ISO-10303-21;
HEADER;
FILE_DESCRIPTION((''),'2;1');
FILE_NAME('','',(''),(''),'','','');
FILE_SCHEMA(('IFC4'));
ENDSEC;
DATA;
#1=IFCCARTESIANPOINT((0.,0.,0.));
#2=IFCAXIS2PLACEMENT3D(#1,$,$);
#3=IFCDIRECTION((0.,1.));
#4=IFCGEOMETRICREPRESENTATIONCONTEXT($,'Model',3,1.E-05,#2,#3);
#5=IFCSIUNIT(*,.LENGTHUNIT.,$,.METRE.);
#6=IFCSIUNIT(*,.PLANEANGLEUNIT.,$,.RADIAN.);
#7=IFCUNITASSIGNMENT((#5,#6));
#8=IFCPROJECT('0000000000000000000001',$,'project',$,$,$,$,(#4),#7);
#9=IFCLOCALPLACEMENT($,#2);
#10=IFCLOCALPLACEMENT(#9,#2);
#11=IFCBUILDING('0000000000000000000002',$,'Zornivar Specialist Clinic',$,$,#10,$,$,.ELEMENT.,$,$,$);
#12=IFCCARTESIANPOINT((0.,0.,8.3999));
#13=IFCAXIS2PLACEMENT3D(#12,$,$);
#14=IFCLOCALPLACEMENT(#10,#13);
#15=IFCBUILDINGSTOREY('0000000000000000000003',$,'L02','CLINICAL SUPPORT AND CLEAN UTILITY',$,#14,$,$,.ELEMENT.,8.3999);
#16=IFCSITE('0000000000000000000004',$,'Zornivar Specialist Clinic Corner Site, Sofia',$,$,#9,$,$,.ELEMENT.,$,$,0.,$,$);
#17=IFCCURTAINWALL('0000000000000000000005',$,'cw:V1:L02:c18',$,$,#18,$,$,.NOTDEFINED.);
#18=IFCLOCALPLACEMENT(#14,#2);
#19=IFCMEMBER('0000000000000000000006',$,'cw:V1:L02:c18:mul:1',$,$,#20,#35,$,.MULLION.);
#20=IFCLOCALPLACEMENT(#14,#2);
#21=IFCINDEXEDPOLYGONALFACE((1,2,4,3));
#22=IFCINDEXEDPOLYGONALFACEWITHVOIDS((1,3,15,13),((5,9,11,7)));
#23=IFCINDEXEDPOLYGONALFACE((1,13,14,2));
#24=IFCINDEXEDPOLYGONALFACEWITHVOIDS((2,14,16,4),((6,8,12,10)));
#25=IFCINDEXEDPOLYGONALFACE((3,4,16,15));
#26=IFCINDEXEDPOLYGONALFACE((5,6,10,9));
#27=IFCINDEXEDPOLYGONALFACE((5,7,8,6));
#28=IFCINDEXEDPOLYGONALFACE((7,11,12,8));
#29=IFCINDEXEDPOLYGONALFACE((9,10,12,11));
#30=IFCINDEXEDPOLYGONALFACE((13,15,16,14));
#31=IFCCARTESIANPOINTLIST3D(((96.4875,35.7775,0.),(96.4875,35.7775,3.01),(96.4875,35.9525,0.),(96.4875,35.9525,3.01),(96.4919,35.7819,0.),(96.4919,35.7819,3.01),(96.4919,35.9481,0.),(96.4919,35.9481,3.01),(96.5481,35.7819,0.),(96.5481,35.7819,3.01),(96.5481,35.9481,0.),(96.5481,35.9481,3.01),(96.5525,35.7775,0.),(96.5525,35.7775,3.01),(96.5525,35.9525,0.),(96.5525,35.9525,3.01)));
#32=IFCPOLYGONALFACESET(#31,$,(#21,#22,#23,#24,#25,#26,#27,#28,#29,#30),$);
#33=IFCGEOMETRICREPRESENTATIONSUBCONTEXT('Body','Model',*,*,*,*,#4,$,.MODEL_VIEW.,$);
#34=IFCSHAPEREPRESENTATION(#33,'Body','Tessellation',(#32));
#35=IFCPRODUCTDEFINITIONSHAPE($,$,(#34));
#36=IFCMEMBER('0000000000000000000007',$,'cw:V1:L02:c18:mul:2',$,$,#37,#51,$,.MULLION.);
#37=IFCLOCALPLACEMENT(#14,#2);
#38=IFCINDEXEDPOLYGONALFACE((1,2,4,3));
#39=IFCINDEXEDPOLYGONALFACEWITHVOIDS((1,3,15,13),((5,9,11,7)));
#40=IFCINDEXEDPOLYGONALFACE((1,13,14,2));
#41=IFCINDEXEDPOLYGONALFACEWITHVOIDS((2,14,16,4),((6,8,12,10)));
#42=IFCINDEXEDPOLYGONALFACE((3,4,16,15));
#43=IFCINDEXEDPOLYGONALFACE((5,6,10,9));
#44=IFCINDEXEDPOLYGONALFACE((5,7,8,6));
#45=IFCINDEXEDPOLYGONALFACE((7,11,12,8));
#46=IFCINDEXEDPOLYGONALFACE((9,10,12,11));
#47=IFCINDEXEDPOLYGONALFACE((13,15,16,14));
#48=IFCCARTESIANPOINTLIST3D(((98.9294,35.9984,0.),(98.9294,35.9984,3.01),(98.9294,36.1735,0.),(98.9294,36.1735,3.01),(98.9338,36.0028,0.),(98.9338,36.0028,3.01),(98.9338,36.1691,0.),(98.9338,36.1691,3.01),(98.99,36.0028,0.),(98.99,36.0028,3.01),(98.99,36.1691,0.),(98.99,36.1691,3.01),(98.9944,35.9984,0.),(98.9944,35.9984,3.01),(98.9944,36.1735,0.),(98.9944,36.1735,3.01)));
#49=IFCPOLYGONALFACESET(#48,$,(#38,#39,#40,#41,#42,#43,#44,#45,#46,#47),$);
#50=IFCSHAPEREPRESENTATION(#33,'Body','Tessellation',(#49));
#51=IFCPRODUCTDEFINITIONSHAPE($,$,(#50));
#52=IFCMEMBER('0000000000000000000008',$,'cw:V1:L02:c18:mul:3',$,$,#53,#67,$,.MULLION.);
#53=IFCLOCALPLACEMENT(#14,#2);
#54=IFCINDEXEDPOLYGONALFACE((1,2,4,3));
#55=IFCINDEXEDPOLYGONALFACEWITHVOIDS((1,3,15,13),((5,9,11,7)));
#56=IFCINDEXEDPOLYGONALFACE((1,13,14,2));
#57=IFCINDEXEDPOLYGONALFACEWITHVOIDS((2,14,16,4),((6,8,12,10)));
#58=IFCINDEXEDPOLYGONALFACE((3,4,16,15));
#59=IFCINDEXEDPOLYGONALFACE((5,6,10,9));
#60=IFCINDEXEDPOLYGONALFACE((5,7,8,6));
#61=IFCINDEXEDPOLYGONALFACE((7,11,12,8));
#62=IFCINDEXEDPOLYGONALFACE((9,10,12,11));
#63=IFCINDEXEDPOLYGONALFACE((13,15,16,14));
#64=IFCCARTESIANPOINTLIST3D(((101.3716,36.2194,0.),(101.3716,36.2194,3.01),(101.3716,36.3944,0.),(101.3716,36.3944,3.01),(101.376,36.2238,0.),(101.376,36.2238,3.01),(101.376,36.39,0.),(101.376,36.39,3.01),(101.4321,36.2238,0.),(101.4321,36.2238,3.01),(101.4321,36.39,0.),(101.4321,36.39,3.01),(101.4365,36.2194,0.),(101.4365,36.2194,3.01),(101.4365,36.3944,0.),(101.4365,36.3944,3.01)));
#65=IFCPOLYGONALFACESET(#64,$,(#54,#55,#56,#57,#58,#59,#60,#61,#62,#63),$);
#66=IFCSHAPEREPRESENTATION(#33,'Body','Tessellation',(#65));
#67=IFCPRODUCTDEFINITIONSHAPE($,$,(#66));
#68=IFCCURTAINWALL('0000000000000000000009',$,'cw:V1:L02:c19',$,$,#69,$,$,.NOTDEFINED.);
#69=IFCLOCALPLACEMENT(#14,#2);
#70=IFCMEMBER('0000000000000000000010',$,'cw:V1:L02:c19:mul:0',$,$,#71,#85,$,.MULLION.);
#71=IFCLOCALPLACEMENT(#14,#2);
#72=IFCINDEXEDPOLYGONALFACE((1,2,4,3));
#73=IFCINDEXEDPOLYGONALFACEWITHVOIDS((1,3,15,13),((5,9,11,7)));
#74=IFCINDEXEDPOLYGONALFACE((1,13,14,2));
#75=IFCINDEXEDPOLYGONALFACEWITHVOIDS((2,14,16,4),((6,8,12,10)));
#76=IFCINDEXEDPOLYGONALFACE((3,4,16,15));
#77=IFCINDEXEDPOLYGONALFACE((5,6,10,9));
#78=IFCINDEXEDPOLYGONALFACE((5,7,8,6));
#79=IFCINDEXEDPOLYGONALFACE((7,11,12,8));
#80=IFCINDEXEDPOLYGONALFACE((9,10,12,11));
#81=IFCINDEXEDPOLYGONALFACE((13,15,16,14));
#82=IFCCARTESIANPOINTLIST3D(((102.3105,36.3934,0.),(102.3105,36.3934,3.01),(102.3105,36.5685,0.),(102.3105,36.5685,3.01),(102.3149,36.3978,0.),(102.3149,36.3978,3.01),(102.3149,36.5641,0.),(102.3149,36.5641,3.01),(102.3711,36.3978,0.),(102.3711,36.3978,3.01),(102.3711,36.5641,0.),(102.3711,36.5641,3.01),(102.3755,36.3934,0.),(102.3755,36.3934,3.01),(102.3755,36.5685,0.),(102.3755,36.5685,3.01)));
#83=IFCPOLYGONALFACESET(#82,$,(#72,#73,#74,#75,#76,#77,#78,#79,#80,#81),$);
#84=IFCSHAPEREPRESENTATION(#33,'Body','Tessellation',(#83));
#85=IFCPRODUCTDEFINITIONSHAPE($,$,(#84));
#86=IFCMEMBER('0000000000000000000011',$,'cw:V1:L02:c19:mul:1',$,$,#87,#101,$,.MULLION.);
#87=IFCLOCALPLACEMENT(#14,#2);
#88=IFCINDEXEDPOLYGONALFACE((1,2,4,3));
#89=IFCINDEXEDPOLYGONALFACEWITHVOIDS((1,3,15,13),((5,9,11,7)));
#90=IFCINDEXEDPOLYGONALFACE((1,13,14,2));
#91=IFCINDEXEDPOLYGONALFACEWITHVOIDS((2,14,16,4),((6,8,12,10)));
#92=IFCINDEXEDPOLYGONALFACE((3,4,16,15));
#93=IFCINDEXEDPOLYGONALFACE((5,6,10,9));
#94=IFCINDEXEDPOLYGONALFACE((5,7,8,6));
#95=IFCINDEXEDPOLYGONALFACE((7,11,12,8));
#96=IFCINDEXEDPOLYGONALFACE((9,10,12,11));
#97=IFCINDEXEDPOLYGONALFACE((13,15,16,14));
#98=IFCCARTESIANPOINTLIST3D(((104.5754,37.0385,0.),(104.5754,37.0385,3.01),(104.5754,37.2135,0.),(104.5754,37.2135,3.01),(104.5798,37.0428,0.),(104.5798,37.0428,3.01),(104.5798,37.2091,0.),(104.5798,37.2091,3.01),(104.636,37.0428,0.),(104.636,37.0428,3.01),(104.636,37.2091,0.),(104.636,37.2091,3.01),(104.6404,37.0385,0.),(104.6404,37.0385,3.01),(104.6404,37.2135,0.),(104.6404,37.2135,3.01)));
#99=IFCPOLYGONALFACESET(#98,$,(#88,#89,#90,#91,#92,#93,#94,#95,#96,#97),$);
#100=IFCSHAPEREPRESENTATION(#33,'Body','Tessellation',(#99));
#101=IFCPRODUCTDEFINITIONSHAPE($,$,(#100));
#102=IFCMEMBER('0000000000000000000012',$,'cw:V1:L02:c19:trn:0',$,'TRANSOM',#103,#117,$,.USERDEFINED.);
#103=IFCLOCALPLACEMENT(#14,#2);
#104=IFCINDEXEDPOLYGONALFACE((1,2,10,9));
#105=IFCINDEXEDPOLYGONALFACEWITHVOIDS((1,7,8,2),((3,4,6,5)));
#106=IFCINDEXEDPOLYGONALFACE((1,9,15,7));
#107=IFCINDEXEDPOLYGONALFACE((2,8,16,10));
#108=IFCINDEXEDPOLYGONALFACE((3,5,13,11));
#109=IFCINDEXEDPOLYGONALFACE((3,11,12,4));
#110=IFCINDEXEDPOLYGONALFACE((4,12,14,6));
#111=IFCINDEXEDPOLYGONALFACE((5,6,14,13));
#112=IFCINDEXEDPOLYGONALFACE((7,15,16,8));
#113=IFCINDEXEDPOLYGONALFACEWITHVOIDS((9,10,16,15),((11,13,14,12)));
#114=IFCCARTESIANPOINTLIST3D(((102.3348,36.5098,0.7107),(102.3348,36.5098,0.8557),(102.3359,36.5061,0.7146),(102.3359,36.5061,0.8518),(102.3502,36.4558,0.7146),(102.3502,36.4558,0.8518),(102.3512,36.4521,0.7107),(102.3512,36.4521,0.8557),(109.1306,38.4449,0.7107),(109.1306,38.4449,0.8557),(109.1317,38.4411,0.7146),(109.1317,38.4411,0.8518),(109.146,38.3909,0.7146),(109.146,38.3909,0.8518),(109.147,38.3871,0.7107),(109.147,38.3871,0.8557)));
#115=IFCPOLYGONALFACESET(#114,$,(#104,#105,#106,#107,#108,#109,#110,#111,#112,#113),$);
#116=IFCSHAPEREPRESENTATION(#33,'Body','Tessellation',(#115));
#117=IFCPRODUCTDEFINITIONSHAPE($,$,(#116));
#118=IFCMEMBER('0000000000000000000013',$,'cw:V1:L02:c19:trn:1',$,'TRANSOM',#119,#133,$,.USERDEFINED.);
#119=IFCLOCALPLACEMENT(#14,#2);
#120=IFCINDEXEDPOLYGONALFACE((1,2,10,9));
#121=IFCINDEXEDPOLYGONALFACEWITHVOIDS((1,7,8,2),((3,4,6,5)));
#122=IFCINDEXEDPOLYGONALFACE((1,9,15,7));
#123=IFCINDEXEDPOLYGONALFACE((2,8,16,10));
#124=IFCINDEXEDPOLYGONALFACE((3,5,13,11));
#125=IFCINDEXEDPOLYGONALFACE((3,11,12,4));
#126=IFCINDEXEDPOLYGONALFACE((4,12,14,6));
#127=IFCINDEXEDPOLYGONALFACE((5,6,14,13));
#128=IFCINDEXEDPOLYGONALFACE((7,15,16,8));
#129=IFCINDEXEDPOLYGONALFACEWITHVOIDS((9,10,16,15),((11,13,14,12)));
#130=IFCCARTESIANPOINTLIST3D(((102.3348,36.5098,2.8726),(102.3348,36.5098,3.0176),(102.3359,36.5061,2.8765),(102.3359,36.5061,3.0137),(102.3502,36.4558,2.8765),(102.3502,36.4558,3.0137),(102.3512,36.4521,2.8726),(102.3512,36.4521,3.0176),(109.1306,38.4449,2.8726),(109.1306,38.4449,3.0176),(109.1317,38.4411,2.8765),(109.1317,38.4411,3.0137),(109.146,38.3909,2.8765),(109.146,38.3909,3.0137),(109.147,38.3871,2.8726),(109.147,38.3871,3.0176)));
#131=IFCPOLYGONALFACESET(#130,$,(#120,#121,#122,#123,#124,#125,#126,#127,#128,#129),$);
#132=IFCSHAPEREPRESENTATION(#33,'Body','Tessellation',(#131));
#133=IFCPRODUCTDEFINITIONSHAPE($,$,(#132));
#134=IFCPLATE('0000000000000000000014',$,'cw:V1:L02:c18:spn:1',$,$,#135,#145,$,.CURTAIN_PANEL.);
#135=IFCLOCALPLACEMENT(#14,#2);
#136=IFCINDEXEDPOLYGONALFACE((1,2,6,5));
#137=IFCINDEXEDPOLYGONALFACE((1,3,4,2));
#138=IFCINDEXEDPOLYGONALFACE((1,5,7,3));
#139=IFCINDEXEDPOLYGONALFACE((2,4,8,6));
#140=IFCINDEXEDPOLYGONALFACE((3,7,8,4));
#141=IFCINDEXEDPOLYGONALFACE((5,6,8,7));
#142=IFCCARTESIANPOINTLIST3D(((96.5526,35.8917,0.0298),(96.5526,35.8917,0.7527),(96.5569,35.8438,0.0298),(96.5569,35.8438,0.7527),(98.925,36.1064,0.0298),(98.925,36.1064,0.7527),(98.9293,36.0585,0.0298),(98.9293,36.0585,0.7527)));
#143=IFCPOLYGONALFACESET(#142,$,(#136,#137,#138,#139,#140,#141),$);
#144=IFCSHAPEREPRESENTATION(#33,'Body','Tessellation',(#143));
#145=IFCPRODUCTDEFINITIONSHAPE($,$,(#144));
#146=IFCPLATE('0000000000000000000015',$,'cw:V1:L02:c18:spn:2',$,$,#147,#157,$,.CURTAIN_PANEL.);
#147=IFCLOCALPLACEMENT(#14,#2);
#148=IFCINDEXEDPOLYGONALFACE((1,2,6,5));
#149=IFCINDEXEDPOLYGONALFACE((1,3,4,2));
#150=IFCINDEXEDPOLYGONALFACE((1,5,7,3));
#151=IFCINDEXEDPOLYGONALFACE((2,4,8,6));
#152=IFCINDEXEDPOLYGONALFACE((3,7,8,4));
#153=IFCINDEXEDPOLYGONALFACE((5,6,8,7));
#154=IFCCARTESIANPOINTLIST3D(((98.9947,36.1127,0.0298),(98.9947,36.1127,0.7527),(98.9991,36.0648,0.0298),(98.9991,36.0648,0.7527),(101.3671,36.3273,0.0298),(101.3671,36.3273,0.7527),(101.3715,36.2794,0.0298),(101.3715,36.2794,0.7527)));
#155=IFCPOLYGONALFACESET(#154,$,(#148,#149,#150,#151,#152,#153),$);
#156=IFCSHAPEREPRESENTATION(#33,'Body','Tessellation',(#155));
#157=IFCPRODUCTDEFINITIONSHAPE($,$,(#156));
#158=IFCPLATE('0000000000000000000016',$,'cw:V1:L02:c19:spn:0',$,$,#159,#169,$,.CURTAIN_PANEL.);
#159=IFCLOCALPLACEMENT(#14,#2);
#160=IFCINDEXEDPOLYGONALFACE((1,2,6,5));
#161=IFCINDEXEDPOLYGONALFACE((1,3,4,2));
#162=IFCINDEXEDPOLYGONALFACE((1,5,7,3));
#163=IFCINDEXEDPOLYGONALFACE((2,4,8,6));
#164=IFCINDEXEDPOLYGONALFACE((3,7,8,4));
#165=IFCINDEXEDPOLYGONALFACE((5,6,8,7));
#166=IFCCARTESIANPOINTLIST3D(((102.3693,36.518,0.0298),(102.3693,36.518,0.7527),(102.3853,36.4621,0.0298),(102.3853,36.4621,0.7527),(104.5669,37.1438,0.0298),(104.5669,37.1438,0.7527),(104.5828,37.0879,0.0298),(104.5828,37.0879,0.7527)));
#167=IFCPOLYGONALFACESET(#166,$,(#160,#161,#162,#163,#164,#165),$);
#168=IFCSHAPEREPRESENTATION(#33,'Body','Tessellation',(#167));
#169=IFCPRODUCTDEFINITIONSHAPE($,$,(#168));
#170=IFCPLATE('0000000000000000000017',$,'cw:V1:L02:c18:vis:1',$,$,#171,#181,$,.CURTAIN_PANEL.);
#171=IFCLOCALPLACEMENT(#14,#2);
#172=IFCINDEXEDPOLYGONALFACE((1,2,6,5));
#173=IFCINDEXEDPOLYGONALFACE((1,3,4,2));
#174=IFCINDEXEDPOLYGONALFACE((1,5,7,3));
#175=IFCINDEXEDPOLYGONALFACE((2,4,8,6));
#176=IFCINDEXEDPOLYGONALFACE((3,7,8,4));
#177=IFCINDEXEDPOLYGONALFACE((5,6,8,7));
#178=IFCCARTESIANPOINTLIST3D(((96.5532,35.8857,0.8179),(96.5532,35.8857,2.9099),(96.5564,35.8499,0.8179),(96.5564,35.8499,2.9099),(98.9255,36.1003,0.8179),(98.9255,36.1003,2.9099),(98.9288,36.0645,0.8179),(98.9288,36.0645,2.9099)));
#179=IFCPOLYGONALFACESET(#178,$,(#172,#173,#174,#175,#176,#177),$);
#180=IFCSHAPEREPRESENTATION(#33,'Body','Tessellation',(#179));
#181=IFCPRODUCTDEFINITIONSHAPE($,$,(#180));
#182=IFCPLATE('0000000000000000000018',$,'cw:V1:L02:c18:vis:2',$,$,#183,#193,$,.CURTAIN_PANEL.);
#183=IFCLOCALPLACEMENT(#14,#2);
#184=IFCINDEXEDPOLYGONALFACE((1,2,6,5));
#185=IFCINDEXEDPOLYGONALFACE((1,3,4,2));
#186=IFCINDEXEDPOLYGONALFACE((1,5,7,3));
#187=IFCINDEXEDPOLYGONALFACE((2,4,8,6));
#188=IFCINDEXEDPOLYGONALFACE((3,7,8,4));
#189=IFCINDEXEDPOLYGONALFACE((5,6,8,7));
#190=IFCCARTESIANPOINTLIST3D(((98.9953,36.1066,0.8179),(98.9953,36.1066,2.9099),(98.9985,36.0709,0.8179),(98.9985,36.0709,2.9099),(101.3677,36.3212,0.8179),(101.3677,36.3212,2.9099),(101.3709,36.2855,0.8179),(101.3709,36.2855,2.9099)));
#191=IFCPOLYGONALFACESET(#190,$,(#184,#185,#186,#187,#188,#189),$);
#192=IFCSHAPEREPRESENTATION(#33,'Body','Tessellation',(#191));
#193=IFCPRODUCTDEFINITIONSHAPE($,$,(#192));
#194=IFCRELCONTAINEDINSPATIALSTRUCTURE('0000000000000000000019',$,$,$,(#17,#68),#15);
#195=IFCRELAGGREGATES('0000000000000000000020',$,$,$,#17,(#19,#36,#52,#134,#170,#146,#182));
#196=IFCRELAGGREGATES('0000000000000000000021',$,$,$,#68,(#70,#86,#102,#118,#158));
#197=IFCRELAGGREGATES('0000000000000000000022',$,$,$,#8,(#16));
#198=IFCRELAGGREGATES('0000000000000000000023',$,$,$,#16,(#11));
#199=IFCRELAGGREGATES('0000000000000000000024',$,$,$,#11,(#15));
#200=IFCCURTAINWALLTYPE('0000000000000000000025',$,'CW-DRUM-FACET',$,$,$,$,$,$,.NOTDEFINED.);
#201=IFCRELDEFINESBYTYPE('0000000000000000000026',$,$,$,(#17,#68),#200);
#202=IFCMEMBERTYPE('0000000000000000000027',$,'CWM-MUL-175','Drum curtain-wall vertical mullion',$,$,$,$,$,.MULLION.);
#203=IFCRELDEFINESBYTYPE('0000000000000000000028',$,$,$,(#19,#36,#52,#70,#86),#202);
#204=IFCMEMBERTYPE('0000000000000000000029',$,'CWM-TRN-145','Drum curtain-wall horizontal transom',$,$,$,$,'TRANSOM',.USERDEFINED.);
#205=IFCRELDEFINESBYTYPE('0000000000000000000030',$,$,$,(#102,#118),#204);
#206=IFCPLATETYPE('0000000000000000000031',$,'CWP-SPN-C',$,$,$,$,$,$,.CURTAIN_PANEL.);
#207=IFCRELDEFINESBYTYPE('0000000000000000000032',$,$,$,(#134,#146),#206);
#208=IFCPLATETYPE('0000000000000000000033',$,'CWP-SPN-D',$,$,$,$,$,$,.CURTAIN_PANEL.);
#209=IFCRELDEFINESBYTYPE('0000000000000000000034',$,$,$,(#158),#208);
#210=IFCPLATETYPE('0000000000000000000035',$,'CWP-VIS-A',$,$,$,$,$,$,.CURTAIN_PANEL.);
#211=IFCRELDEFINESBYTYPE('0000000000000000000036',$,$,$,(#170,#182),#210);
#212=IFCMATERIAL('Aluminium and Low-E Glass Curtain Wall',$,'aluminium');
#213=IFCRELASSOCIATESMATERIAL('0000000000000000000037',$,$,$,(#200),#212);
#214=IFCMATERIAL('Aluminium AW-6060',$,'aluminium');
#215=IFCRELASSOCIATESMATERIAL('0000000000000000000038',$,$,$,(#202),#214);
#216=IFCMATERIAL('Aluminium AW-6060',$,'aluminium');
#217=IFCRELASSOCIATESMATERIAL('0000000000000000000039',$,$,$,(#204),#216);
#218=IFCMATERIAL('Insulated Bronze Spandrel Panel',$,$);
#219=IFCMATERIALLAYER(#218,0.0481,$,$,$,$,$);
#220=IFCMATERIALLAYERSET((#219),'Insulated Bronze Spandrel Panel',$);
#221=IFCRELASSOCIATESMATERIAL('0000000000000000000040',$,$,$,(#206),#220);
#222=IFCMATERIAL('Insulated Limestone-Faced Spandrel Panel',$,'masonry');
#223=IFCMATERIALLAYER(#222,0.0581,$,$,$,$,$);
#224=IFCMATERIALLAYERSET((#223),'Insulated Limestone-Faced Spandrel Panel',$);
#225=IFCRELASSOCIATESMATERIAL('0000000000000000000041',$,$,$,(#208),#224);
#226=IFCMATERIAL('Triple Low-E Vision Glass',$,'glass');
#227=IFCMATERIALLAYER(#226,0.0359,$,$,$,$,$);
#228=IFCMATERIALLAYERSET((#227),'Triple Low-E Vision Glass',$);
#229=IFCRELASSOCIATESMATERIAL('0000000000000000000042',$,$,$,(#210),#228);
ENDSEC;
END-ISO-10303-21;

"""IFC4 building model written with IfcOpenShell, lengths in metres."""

from ifc_helpers import new_model, si_unit, direction, frame, origin, origin_2d, place, context, subcontext, project, spatial, rectangle, hollow_rectangle, extrude, material, layer, layer_set, material_profile, profile_set, type_object, element, aggregate, save


model = new_model("IFC4")

# Units and contexts
model_context = context("Model", 3, precision=1e-05, world=origin(), true_north=direction((0.0, 1.0)))
body_context = subcontext(model_context, "Body", "Model", "MODEL_VIEW")
ifc_project = project(units=[si_unit("LENGTHUNIT", "METRE"), si_unit("PLANEANGLEUNIT", "RADIAN")], contexts=[model_context])

# Site, building, storey
site_placement = place(None, origin())
site = spatial("IfcSite", under=ifc_project, at=site_placement, Name="Zornivar Specialist Clinic Corner Site, Sofia", CompositionType="ELEMENT", RefElevation=0.0)
building_placement = place(site_placement, origin())
building = spatial("IfcBuilding", under=site, at=building_placement, Name="Zornivar Specialist Clinic", CompositionType="ELEMENT")
storey_placement = place(building_placement, frame((0.0, 0.0, 8.3999)))
storey = spatial("IfcBuildingStorey", under=building, at=storey_placement, Name="L02", Description="CLINICAL SUPPORT AND CLEAN UTILITY", CompositionType="ELEMENT", Elevation=8.3999)

# Curtain walls, members
ifc_material_1 = material(Name="Aluminium and Low-E Glass Curtain Wall", Category="aluminium")
curtain_wall_type = type_object("IfcCurtainWallType", Name="CW-DRUM-FACET", PredefinedType="NOTDEFINED", material=ifc_material_1)
curtain_wall_1_placement = place(storey_placement, origin())
curtain_wall_1 = element("IfcCurtainWall", 1, at=curtain_wall_1_placement, inside=storey, type_object=curtain_wall_type, Name="cw:V1:L02:c18", PredefinedType="NOTDEFINED")
ifc_material_2 = material(Name="Aluminium AW-6060", Category="aluminium")
ifc_material_profile_1 = material_profile(ifc_material_2, hollow_rectangle(XDim=0.0649, YDim=0.175, WallThickness=0.0044, at=origin_2d()), Name="ALU 65x175x4.5")
ifc_profile_set_1 = profile_set([ifc_material_profile_1], Name="Aluminium AW-6060")
member_type_1 = type_object("IfcMemberType", Name="CWM-MUL-175", Description="Drum curtain-wall vertical mullion", PredefinedType="MULLION", material=ifc_profile_set_1)
member_1_placement = place(storey_placement, frame((96.52, 35.865, 0.0), z_axis=(0.0, 0.0, 1.0), x_axis=(1.0, 0.0, 0.0)))
member_1 = element("IfcMember", 2, at=member_1_placement, type_object=member_type_1, Name="cw:V1:L02:c18:mul:1", PredefinedType="MULLION", context=body_context, shape_type="SweptSolid", body=[
    extrude(hollow_rectangle(XDim=0.0649, YDim=0.175, WallThickness=0.0044, at=origin_2d()), origin(), (0.0, 0.0, 1.0), 3.01),
])
member_2_placement = place(storey_placement, frame((98.9619, 36.0859, 0.0), z_axis=(0.0, 0.0, 1.0), x_axis=(1.0, 0.0, 0.0)))
member_2 = element("IfcMember", 3, at=member_2_placement, type_object=member_type_1, Name="cw:V1:L02:c18:mul:2", PredefinedType="MULLION", context=body_context, shape_type="SweptSolid", body=[
    extrude(hollow_rectangle(XDim=0.0649, YDim=0.175, WallThickness=0.0044, at=origin_2d()), origin(), (0.0, 0.0, 1.0), 3.01),
])
member_3_placement = place(storey_placement, frame((101.4041, 36.3069, 0.0), z_axis=(0.0, 0.0, 1.0), x_axis=(1.0, 0.0, 0.0)))
member_3 = element("IfcMember", 4, at=member_3_placement, type_object=member_type_1, Name="cw:V1:L02:c18:mul:3", PredefinedType="MULLION", context=body_context, shape_type="SweptSolid", body=[
    extrude(hollow_rectangle(XDim=0.0649, YDim=0.175, WallThickness=0.0044, at=origin_2d()), origin(), (0.0, 0.0, 1.0), 3.01),
])
curtain_wall_2_placement = place(storey_placement, origin())
curtain_wall_2 = element("IfcCurtainWall", 5, at=curtain_wall_2_placement, inside=storey, type_object=curtain_wall_type, Name="cw:V1:L02:c19", PredefinedType="NOTDEFINED")
member_4_placement = place(storey_placement, frame((102.343, 36.481, 0.0), z_axis=(0.0, 0.0, 1.0), x_axis=(1.0, 0.0, 0.0)))
member_4 = element("IfcMember", 6, at=member_4_placement, type_object=member_type_1, Name="cw:V1:L02:c19:mul:0", PredefinedType="MULLION", context=body_context, shape_type="SweptSolid", body=[
    extrude(hollow_rectangle(XDim=0.0649, YDim=0.175, WallThickness=0.0044, at=origin_2d()), origin(), (0.0, 0.0, 1.0), 3.01),
])
member_5_placement = place(storey_placement, frame((104.6079, 37.126, 0.0), z_axis=(0.0, 0.0, 1.0), x_axis=(1.0, 0.0, 0.0)))
member_5 = element("IfcMember", 7, at=member_5_placement, type_object=member_type_1, Name="cw:V1:L02:c19:mul:1", PredefinedType="MULLION", context=body_context, shape_type="SweptSolid", body=[
    extrude(hollow_rectangle(XDim=0.0649, YDim=0.175, WallThickness=0.0044, at=origin_2d()), origin(), (0.0, 0.0, 1.0), 3.01),
])
ifc_material_3 = material(Name="Aluminium AW-6060", Category="aluminium")
ifc_material_profile_2 = material_profile(ifc_material_3, hollow_rectangle(XDim=0.0601, YDim=0.145, WallThickness=0.0039, at=origin_2d()), Name="ALU 60x145x4")
ifc_profile_set_2 = profile_set([ifc_material_profile_2], Name="Aluminium AW-6060")
member_type_2 = type_object("IfcMemberType", Name="CWM-TRN-145", Description="Drum curtain-wall horizontal transom", ElementType="TRANSOM", PredefinedType="USERDEFINED", material=ifc_profile_set_2)
member_6_placement = place(storey_placement, frame((102.343, 36.481, 0.7832), z_axis=(0.961771, 0.273854, 0.0), x_axis=(-0.273854, 0.961771, 0.0)))
member_6 = element("IfcMember", 8, at=member_6_placement, type_object=member_type_2, Name="cw:V1:L02:c19:trn:0", ObjectType="TRANSOM", PredefinedType="USERDEFINED", context=body_context, shape_type="SweptSolid", body=[
    extrude(hollow_rectangle(XDim=0.0601, YDim=0.145, WallThickness=0.0039, at=origin_2d()), origin(), (0.0, 0.0, 1.0), 7.0659),
])
member_7_placement = place(storey_placement, frame((102.343, 36.481, 2.9451), z_axis=(0.961771, 0.273854, 0.0), x_axis=(-0.273854, 0.961771, 0.0)))
member_7 = element("IfcMember", 9, at=member_7_placement, type_object=member_type_2, Name="cw:V1:L02:c19:trn:1", ObjectType="TRANSOM", PredefinedType="USERDEFINED", context=body_context, shape_type="SweptSolid", body=[
    extrude(hollow_rectangle(XDim=0.0601, YDim=0.145, WallThickness=0.0039, at=origin_2d()), origin(), (0.0, 0.0, 1.0), 7.0659),
])

# Plates
ifc_material_4 = material(Name="Insulated Bronze Spandrel Panel")
ifc_layer_1 = layer(ifc_material_4, 0.0481)
ifc_layer_set_1 = layer_set([ifc_layer_1], Name="Insulated Bronze Spandrel Panel")
plate_type_1 = type_object("IfcPlateType", Name="CWP-SPN-C", PredefinedType="CURTAIN_PANEL", material=ifc_layer_set_1)
plate_1_placement = place(storey_placement, frame((97.741, 35.9751, 0.0298), z_axis=(0.0, 0.0, 1.0), x_axis=(0.995933, 0.090099, 0.0)))
plate_1 = element("IfcPlate", 10, at=plate_1_placement, type_object=plate_type_1, Name="cw:V1:L02:c18:spn:1", PredefinedType="CURTAIN_PANEL", context=body_context, shape_type="SweptSolid", body=[
    extrude(rectangle(XDim=2.3821, YDim=0.0481, at=origin_2d()), origin(), (0.0, 0.0, 1.0), 0.7229),
])
plate_2_placement = place(storey_placement, frame((100.1831, 36.196, 0.0298), z_axis=(0.0, 0.0, 1.0), x_axis=(0.995933, 0.090099, 0.0)))
plate_2 = element("IfcPlate", 11, at=plate_2_placement, type_object=plate_type_1, Name="cw:V1:L02:c18:spn:2", PredefinedType="CURTAIN_PANEL", context=body_context, shape_type="SweptSolid", body=[
    extrude(rectangle(XDim=2.3821, YDim=0.0481, at=origin_2d()), origin(), (0.0, 0.0, 1.0), 0.7229),
])
ifc_material_5 = material(Name="Insulated Limestone-Faced Spandrel Panel", Category="masonry")
ifc_layer_2 = layer(ifc_material_5, 0.0581)
ifc_layer_set_2 = layer_set([ifc_layer_2], Name="Insulated Limestone-Faced Spandrel Panel")
plate_type_2 = type_object("IfcPlateType", Name="CWP-SPN-D", PredefinedType="CURTAIN_PANEL", material=ifc_layer_set_2)
plate_3_placement = place(storey_placement, frame((103.4761, 36.803, 0.0298), z_axis=(0.0, 0.0, 1.0), x_axis=(0.961761, 0.273889, 0.0)))
plate_3 = element("IfcPlate", 12, at=plate_3_placement, type_object=plate_type_2, Name="cw:V1:L02:c19:spn:0", PredefinedType="CURTAIN_PANEL", context=body_context, shape_type="SweptSolid", body=[
    extrude(rectangle(XDim=2.2849, YDim=0.0581, at=origin_2d()), origin(), (0.0, 0.0, 1.0), 0.7229),
])
ifc_material_6 = material(Name="Triple Low-E Vision Glass", Category="glass")
ifc_layer_3 = layer(ifc_material_6, 0.0359)
ifc_layer_set_3 = layer_set([ifc_layer_3], Name="Triple Low-E Vision Glass")
plate_type_3 = type_object("IfcPlateType", Name="CWP-VIS-A", PredefinedType="CURTAIN_PANEL", material=ifc_layer_set_3)
plate_4_placement = place(storey_placement, frame((97.741, 35.9751, 0.8179), z_axis=(0.0, 0.0, 1.0), x_axis=(0.995933, 0.090099, 0.0)))
plate_4 = element("IfcPlate", 13, at=plate_4_placement, type_object=plate_type_3, Name="cw:V1:L02:c18:vis:1", PredefinedType="CURTAIN_PANEL", context=body_context, shape_type="SweptSolid", body=[
    extrude(rectangle(XDim=2.3821, YDim=0.0359, at=origin_2d()), origin(), (0.0, 0.0, 1.0), 2.092),
])
plate_5_placement = place(storey_placement, frame((100.1831, 36.196, 0.8179), z_axis=(0.0, 0.0, 1.0), x_axis=(0.995933, 0.090099, 0.0)))
plate_5 = element("IfcPlate", 14, at=plate_5_placement, type_object=plate_type_3, Name="cw:V1:L02:c18:vis:2", PredefinedType="CURTAIN_PANEL", context=body_context, shape_type="SweptSolid", body=[
    extrude(rectangle(XDim=2.3821, YDim=0.0359, at=origin_2d()), origin(), (0.0, 0.0, 1.0), 2.092),
])
aggregate(curtain_wall_1, [member_1, member_2, member_3, plate_1, plate_4, plate_2, plate_5])
aggregate(curtain_wall_2, [member_4, member_5, member_6, member_7, plate_3])

save(model, "model.ifc")
